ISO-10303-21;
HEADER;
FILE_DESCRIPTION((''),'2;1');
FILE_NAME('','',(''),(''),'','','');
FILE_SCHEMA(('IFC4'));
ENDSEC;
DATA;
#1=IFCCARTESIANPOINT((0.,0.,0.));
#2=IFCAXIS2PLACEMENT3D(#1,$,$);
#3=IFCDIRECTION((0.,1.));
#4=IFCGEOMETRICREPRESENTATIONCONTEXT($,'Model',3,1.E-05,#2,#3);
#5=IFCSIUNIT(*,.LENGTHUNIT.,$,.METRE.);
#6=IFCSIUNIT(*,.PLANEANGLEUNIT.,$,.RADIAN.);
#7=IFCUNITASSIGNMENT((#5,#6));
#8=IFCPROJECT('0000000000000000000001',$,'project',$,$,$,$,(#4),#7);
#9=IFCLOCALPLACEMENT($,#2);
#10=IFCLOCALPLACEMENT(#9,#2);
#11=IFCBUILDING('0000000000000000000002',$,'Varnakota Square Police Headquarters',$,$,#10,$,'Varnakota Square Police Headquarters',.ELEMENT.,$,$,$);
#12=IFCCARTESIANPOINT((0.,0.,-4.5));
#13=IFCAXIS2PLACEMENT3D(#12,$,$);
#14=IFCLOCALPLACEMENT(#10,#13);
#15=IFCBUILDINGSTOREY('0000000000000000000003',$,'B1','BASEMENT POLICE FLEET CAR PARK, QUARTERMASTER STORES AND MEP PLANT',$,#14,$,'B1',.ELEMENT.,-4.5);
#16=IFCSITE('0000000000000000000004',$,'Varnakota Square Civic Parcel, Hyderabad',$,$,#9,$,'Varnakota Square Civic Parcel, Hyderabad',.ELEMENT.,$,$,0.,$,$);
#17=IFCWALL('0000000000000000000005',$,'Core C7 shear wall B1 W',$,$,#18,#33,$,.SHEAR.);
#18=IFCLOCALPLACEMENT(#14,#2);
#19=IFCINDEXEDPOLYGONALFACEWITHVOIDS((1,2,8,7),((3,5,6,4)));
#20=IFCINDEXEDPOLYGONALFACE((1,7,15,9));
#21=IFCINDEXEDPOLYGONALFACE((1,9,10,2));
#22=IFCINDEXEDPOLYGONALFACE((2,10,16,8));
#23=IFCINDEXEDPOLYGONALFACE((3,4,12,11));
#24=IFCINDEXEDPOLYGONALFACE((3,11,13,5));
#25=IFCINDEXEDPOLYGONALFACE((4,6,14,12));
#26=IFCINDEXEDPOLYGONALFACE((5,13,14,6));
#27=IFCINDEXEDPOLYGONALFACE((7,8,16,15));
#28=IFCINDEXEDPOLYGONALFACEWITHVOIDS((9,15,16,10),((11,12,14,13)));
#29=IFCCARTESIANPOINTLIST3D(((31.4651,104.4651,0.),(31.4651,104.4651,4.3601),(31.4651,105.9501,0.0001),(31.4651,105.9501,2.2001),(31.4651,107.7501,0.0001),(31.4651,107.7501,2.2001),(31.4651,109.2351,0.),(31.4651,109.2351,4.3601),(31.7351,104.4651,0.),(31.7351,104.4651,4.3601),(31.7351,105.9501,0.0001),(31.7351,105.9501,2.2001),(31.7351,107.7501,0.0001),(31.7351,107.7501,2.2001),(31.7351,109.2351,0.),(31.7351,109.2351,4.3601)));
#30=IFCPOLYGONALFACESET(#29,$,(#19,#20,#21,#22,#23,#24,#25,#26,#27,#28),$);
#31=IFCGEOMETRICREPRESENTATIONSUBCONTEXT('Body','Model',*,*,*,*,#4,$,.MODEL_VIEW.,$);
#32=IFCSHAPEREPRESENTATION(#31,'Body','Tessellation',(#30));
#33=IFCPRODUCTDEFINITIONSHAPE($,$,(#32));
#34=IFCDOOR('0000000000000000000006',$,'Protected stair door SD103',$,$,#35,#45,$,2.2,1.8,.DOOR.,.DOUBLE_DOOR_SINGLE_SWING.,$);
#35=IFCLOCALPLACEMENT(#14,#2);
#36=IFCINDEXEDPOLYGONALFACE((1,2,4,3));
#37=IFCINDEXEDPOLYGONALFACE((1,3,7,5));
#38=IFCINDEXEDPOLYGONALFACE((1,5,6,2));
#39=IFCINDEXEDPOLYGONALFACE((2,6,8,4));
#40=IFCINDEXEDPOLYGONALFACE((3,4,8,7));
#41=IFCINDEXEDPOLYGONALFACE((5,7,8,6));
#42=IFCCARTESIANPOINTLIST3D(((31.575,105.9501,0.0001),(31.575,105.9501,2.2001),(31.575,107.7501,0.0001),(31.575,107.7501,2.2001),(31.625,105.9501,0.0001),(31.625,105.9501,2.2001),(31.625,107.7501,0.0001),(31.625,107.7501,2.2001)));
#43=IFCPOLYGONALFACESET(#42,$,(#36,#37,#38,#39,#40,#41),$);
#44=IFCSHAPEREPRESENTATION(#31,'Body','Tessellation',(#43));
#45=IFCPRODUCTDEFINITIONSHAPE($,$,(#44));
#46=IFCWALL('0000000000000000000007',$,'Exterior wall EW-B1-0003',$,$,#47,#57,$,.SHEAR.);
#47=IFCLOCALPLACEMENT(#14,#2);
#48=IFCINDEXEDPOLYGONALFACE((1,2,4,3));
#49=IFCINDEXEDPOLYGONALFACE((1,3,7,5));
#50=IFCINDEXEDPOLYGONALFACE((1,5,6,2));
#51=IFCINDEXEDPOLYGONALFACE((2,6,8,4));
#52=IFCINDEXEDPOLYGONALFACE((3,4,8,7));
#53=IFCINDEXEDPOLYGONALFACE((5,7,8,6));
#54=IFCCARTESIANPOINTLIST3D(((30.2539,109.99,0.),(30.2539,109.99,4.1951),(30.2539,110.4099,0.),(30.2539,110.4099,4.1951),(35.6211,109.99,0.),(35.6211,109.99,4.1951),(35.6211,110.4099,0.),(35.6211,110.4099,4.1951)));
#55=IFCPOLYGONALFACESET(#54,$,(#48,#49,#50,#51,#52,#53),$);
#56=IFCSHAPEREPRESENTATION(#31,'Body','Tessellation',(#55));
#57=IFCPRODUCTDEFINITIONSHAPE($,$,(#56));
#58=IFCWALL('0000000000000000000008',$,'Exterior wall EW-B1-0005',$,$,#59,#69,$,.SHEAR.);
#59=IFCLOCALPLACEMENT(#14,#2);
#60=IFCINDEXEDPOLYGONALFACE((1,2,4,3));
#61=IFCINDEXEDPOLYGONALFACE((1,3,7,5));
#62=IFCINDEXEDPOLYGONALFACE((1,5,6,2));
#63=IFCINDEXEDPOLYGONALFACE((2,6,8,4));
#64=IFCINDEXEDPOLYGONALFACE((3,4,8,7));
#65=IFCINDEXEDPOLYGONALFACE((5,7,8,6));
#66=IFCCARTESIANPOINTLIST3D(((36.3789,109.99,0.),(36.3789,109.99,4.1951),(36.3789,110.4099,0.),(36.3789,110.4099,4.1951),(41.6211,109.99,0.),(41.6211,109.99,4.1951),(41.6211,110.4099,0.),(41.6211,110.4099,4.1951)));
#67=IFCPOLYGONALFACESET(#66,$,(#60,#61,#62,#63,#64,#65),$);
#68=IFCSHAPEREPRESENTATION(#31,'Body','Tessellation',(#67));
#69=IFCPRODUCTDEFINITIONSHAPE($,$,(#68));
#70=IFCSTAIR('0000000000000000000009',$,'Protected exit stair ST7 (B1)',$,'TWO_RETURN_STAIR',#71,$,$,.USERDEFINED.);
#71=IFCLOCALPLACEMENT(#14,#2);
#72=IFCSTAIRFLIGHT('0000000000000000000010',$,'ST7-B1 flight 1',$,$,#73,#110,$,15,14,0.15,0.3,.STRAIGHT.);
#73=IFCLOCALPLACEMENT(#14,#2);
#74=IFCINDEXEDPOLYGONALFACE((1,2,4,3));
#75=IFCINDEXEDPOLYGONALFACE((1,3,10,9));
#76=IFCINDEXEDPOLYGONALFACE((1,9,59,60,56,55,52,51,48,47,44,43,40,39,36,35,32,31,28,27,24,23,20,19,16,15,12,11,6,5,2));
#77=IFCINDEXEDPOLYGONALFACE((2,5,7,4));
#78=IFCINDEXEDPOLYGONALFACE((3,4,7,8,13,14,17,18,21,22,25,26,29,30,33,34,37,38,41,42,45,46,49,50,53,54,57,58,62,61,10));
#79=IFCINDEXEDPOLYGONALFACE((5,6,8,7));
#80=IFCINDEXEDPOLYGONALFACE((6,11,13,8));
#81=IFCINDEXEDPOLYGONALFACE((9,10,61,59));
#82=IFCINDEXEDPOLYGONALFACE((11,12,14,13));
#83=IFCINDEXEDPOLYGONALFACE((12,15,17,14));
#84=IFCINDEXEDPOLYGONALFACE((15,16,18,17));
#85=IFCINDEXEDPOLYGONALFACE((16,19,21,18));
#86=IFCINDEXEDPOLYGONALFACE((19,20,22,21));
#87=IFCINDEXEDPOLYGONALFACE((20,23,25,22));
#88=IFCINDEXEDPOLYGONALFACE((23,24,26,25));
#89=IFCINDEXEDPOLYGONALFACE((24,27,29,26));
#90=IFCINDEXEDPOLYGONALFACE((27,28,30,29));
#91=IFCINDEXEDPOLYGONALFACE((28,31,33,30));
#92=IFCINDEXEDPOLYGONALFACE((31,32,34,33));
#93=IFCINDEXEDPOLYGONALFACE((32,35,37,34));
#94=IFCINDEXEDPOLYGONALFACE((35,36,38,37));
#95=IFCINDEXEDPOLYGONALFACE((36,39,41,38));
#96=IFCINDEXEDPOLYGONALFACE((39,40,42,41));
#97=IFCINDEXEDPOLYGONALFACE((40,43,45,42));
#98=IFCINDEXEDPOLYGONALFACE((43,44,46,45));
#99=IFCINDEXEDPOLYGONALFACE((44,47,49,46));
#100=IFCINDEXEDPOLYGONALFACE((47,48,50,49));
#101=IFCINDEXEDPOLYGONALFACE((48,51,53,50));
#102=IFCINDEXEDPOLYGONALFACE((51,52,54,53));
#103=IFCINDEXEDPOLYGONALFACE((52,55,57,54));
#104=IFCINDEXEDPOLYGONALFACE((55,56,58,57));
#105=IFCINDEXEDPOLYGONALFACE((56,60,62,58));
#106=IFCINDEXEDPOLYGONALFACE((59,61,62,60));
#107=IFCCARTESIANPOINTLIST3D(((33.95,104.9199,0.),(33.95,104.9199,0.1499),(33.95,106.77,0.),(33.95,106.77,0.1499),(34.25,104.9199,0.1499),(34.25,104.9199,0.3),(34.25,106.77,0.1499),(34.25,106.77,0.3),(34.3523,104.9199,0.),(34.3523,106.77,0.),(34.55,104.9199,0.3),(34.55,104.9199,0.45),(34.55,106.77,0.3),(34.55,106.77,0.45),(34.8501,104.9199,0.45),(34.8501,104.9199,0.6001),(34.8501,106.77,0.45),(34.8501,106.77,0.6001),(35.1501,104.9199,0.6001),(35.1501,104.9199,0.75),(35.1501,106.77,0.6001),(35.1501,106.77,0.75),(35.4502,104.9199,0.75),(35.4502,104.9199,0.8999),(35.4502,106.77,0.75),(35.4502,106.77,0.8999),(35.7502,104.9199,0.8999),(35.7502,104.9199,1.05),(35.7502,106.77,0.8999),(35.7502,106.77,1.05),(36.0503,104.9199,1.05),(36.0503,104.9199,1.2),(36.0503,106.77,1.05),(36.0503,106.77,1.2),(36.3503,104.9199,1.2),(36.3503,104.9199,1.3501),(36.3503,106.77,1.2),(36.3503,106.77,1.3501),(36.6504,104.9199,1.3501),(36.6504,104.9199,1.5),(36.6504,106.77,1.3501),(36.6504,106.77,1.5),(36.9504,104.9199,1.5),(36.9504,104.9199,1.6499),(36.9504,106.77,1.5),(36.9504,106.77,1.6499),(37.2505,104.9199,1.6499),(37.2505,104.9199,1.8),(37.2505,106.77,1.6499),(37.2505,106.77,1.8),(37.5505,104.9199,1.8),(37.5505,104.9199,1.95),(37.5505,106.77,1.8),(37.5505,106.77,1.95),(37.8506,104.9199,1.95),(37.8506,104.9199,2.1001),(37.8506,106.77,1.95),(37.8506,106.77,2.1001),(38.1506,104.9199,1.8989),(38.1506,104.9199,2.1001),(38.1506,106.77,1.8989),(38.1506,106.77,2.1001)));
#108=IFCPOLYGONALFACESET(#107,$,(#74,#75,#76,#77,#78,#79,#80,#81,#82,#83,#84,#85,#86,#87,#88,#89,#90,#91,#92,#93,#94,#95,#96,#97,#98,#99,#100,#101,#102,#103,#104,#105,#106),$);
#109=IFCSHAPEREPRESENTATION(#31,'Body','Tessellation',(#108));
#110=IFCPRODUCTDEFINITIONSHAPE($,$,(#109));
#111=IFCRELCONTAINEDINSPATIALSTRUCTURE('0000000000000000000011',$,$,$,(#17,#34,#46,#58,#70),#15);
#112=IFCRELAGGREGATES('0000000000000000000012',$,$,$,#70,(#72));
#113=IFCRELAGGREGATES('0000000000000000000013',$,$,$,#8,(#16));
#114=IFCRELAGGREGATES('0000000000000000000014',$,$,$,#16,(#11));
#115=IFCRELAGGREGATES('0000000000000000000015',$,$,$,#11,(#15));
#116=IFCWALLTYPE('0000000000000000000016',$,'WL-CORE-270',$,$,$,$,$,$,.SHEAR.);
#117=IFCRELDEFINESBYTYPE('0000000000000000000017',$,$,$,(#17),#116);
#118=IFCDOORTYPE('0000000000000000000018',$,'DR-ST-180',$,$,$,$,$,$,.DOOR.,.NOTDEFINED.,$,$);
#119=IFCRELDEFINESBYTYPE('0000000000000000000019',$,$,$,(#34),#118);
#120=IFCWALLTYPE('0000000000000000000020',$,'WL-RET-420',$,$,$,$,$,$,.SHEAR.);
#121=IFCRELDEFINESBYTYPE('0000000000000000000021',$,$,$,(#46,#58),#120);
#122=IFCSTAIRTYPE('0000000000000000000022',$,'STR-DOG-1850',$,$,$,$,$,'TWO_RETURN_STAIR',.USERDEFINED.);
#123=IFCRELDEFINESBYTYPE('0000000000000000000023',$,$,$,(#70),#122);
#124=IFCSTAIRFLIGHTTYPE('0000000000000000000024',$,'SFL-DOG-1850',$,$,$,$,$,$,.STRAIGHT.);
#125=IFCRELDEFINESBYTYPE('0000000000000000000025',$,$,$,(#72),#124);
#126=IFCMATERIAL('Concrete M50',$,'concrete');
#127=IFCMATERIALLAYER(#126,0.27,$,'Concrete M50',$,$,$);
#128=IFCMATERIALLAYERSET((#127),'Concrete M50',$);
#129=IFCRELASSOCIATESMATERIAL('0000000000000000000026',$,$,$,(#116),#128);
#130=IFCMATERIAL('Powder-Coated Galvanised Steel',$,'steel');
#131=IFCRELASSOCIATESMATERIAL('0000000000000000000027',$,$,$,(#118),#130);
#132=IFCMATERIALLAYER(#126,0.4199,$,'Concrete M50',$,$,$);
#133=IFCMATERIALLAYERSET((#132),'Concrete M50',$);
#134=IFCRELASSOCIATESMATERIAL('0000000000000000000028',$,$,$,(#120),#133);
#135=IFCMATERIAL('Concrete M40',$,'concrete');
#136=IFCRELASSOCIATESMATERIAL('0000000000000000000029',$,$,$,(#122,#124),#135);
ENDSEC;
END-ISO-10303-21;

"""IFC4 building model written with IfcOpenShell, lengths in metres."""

from ifc_helpers import new_model, si_unit, direction, frame, frame_2d, origin, place, context, subcontext, project, spatial, polyline, rectangle, outline, extrude, material, layer, layer_set, type_object, element, fill, aggregate, save


model = new_model("IFC4")

# Units and contexts
model_context = context("Model", 3, precision=1e-05, world=origin(), true_north=direction((0.0, 1.0)))
body_context = subcontext(model_context, "Body", "Model", "MODEL_VIEW")
ifc_project = project(units=[si_unit("LENGTHUNIT", "METRE"), si_unit("PLANEANGLEUNIT", "RADIAN")], contexts=[model_context])

# Site, building, storey
site_placement = place(None, origin())
site = spatial("IfcSite", under=ifc_project, at=site_placement, Name="Varnakota Square Civic Parcel, Hyderabad", LongName="Varnakota Square Civic Parcel, Hyderabad", CompositionType="ELEMENT", RefElevation=0.0)
building_placement = place(site_placement, origin())
building = spatial("IfcBuilding", under=site, at=building_placement, Name="Varnakota Square Police Headquarters", LongName="Varnakota Square Police Headquarters", CompositionType="ELEMENT")
storey_placement = place(building_placement, frame((0.0, 0.0, -4.5)))
storey = spatial("IfcBuildingStorey", under=building, at=storey_placement, Name="B1", Description="BASEMENT POLICE FLEET CAR PARK, QUARTERMASTER STORES AND MEP PLANT", LongName="B1", CompositionType="ELEMENT", Elevation=-4.5)

# Shared definitions
ifc_material_1 = material(Name="Concrete M40", Category="concrete")

# Shared definitions
ifc_material_2 = material(Name="Concrete M50", Category="concrete")

# Shared definitions
ifc_layer_1 = layer(ifc_material_2, 0.27, Name="Concrete M50")
ifc_layer_set_1 = layer_set([ifc_layer_1], Name="Concrete M50")
wall_type_1 = type_object("IfcWallType", Name="WL-CORE-270", PredefinedType="SHEAR", material=ifc_layer_set_1)

# Wall, opening, door
wall_1_placement = place(storey_placement, frame((31.6001, 109.2351, 0.0), z_axis=(0.0, 0.0, 1.0), x_axis=(0.0, -1.0, 0.0)))
wall_1 = element("IfcWall", 1, at=wall_1_placement, inside=storey, type_object=wall_type_1, Name="Core C7 shear wall B1 W", PredefinedType="SHEAR", context=body_context, shape_type="SweptSolid", body=[
    extrude(rectangle(XDim=4.77, YDim=0.27, at=frame_2d((2.385, 0.0))), origin(), (0.0, 0.0, 1.0), 4.3601),
])
opening_placement = place(wall_1_placement, frame((1.4851, 0.0, 0.0)))
opening = element("IfcOpeningElement", 2, at=opening_placement, cuts=wall_1, PredefinedType="OPENING", context=body_context, shape_type="SweptSolid", body=[
    extrude(rectangle(XDim=1.8, YDim=2.2, at=frame_2d((0.8999, 1.1001))), frame((0.0, 0.145, 0.0), z_axis=(0.0, -1.0, 0.0), x_axis=(1.0, 0.0, 0.0)), (0.0, 0.0, 1.0), 0.29),
])
ifc_material_3 = material(Name="Powder-Coated Galvanised Steel", Category="steel")
door_type = type_object("IfcDoorType", Name="DR-ST-180", OperationType="NOTDEFINED", PredefinedType="DOOR", material=ifc_material_3)
door_placement = place(opening_placement, origin())
door = element("IfcDoor", 3, at=door_placement, inside=storey, type_object=door_type, Name="Protected stair door SD103", OperationType="DOUBLE_DOOR_SINGLE_SWING", OverallHeight=2.2, OverallWidth=1.8, PredefinedType="DOOR", context=body_context, shape_type="SweptSolid", body=[
    extrude(rectangle(XDim=1.8, YDim=2.2, at=frame_2d((0.8999, 1.1001))), frame((0.0, 0.0249, 0.0), z_axis=(0.0, -1.0, 0.0), x_axis=(1.0, 0.0, 0.0)), (0.0, 0.0, 1.0), 0.05),
])
fill(opening, door)

# Walls
ifc_layer_2 = layer(ifc_material_2, 0.4199, Name="Concrete M50")
ifc_layer_set_2 = layer_set([ifc_layer_2], Name="Concrete M50")
wall_type_2 = type_object("IfcWallType", Name="WL-RET-420", PredefinedType="SHEAR", material=ifc_layer_set_2)
wall_2_placement = place(storey_placement, frame((30.2539, 110.2, 0.0), z_axis=(0.0, 0.0, 1.0), x_axis=(1.0, 0.0, 0.0)))
element("IfcWall", 4, at=wall_2_placement, inside=storey, type_object=wall_type_2, Name="Exterior wall EW-B1-0003", PredefinedType="SHEAR", context=body_context, shape_type="SweptSolid", body=[
    extrude(rectangle(XDim=5.3672, YDim=0.4199, at=frame_2d((2.6836, 0.0))), origin(), (0.0, 0.0, 1.0), 4.1951),
])
wall_3_placement = place(storey_placement, frame((36.3789, 110.2, 0.0), z_axis=(0.0, 0.0, 1.0), x_axis=(1.0, 0.0, 0.0)))
element("IfcWall", 5, at=wall_3_placement, inside=storey, type_object=wall_type_2, Name="Exterior wall EW-B1-0005", PredefinedType="SHEAR", context=body_context, shape_type="SweptSolid", body=[
    extrude(rectangle(XDim=5.2422, YDim=0.4199, at=frame_2d((2.6211, 0.0))), origin(), (0.0, 0.0, 1.0), 4.1951),
])

# Stair, stair flight
stair_type = type_object("IfcStairType", Name="STR-DOG-1850", ElementType="TWO_RETURN_STAIR", PredefinedType="USERDEFINED", material=ifc_material_1)
stair_placement = place(storey_placement, origin())
stair = element("IfcStair", 6, at=stair_placement, inside=storey, type_object=stair_type, Name="Protected exit stair ST7 (B1)", ObjectType="TWO_RETURN_STAIR", PredefinedType="USERDEFINED")
stair_flight_type = type_object("IfcStairFlightType", Name="SFL-DOG-1850", PredefinedType="STRAIGHT", material=ifc_material_1)
stair_flight_placement = place(storey_placement, frame((33.95, 105.845, 0.0), z_axis=(0.0, 0.0, 1.0), x_axis=(1.0, 0.0, 0.0)))
stair_flight = element("IfcStairFlight", 7, at=stair_flight_placement, type_object=stair_flight_type, Name="ST7-B1 flight 1", NumberOfRisers=15, NumberOfTreads=14, PredefinedType="STRAIGHT", RiserHeight=0.15, TreadLength=0.3, context=body_context, shape_type="SweptSolid", body=[
    extrude(outline(polyline([(0.0, 0.0), (0.0, 0.1499), (0.3, 0.1499), (0.3, 0.3), (0.6001, 0.3), (0.6001, 0.45), (0.9001, 0.45), (0.9001, 0.6001), (1.2002, 0.6001), (1.2002, 0.75), (1.5002, 0.75), (1.5002, 0.8999), (1.8003, 0.8999), (1.8003, 1.05), (2.1003, 1.05), (2.1003, 1.2), (2.4004, 1.2), (2.4004, 1.3501), (2.7004, 1.3501), (2.7004, 1.5), (3.0005, 1.5), (3.0005, 1.6499), (3.3005, 1.6499), (3.3005, 1.8), (3.6006, 1.8), (3.6006, 1.95), (3.9006, 1.95), (3.9006, 2.1001), (4.2007, 2.1001), (4.2007, 2.25), (4.2007, 1.8989), (0.4023, 0.0), (0.0, 0.0)])), frame((0.0, 0.925, 0.0), z_axis=(0.0, -1.0, 0.0), x_axis=(1.0, 0.0, 0.0)), (0.0, 0.0, 1.0), 1.8501),
])
aggregate(stair, [stair_flight])

save(model, "model.ifc")
